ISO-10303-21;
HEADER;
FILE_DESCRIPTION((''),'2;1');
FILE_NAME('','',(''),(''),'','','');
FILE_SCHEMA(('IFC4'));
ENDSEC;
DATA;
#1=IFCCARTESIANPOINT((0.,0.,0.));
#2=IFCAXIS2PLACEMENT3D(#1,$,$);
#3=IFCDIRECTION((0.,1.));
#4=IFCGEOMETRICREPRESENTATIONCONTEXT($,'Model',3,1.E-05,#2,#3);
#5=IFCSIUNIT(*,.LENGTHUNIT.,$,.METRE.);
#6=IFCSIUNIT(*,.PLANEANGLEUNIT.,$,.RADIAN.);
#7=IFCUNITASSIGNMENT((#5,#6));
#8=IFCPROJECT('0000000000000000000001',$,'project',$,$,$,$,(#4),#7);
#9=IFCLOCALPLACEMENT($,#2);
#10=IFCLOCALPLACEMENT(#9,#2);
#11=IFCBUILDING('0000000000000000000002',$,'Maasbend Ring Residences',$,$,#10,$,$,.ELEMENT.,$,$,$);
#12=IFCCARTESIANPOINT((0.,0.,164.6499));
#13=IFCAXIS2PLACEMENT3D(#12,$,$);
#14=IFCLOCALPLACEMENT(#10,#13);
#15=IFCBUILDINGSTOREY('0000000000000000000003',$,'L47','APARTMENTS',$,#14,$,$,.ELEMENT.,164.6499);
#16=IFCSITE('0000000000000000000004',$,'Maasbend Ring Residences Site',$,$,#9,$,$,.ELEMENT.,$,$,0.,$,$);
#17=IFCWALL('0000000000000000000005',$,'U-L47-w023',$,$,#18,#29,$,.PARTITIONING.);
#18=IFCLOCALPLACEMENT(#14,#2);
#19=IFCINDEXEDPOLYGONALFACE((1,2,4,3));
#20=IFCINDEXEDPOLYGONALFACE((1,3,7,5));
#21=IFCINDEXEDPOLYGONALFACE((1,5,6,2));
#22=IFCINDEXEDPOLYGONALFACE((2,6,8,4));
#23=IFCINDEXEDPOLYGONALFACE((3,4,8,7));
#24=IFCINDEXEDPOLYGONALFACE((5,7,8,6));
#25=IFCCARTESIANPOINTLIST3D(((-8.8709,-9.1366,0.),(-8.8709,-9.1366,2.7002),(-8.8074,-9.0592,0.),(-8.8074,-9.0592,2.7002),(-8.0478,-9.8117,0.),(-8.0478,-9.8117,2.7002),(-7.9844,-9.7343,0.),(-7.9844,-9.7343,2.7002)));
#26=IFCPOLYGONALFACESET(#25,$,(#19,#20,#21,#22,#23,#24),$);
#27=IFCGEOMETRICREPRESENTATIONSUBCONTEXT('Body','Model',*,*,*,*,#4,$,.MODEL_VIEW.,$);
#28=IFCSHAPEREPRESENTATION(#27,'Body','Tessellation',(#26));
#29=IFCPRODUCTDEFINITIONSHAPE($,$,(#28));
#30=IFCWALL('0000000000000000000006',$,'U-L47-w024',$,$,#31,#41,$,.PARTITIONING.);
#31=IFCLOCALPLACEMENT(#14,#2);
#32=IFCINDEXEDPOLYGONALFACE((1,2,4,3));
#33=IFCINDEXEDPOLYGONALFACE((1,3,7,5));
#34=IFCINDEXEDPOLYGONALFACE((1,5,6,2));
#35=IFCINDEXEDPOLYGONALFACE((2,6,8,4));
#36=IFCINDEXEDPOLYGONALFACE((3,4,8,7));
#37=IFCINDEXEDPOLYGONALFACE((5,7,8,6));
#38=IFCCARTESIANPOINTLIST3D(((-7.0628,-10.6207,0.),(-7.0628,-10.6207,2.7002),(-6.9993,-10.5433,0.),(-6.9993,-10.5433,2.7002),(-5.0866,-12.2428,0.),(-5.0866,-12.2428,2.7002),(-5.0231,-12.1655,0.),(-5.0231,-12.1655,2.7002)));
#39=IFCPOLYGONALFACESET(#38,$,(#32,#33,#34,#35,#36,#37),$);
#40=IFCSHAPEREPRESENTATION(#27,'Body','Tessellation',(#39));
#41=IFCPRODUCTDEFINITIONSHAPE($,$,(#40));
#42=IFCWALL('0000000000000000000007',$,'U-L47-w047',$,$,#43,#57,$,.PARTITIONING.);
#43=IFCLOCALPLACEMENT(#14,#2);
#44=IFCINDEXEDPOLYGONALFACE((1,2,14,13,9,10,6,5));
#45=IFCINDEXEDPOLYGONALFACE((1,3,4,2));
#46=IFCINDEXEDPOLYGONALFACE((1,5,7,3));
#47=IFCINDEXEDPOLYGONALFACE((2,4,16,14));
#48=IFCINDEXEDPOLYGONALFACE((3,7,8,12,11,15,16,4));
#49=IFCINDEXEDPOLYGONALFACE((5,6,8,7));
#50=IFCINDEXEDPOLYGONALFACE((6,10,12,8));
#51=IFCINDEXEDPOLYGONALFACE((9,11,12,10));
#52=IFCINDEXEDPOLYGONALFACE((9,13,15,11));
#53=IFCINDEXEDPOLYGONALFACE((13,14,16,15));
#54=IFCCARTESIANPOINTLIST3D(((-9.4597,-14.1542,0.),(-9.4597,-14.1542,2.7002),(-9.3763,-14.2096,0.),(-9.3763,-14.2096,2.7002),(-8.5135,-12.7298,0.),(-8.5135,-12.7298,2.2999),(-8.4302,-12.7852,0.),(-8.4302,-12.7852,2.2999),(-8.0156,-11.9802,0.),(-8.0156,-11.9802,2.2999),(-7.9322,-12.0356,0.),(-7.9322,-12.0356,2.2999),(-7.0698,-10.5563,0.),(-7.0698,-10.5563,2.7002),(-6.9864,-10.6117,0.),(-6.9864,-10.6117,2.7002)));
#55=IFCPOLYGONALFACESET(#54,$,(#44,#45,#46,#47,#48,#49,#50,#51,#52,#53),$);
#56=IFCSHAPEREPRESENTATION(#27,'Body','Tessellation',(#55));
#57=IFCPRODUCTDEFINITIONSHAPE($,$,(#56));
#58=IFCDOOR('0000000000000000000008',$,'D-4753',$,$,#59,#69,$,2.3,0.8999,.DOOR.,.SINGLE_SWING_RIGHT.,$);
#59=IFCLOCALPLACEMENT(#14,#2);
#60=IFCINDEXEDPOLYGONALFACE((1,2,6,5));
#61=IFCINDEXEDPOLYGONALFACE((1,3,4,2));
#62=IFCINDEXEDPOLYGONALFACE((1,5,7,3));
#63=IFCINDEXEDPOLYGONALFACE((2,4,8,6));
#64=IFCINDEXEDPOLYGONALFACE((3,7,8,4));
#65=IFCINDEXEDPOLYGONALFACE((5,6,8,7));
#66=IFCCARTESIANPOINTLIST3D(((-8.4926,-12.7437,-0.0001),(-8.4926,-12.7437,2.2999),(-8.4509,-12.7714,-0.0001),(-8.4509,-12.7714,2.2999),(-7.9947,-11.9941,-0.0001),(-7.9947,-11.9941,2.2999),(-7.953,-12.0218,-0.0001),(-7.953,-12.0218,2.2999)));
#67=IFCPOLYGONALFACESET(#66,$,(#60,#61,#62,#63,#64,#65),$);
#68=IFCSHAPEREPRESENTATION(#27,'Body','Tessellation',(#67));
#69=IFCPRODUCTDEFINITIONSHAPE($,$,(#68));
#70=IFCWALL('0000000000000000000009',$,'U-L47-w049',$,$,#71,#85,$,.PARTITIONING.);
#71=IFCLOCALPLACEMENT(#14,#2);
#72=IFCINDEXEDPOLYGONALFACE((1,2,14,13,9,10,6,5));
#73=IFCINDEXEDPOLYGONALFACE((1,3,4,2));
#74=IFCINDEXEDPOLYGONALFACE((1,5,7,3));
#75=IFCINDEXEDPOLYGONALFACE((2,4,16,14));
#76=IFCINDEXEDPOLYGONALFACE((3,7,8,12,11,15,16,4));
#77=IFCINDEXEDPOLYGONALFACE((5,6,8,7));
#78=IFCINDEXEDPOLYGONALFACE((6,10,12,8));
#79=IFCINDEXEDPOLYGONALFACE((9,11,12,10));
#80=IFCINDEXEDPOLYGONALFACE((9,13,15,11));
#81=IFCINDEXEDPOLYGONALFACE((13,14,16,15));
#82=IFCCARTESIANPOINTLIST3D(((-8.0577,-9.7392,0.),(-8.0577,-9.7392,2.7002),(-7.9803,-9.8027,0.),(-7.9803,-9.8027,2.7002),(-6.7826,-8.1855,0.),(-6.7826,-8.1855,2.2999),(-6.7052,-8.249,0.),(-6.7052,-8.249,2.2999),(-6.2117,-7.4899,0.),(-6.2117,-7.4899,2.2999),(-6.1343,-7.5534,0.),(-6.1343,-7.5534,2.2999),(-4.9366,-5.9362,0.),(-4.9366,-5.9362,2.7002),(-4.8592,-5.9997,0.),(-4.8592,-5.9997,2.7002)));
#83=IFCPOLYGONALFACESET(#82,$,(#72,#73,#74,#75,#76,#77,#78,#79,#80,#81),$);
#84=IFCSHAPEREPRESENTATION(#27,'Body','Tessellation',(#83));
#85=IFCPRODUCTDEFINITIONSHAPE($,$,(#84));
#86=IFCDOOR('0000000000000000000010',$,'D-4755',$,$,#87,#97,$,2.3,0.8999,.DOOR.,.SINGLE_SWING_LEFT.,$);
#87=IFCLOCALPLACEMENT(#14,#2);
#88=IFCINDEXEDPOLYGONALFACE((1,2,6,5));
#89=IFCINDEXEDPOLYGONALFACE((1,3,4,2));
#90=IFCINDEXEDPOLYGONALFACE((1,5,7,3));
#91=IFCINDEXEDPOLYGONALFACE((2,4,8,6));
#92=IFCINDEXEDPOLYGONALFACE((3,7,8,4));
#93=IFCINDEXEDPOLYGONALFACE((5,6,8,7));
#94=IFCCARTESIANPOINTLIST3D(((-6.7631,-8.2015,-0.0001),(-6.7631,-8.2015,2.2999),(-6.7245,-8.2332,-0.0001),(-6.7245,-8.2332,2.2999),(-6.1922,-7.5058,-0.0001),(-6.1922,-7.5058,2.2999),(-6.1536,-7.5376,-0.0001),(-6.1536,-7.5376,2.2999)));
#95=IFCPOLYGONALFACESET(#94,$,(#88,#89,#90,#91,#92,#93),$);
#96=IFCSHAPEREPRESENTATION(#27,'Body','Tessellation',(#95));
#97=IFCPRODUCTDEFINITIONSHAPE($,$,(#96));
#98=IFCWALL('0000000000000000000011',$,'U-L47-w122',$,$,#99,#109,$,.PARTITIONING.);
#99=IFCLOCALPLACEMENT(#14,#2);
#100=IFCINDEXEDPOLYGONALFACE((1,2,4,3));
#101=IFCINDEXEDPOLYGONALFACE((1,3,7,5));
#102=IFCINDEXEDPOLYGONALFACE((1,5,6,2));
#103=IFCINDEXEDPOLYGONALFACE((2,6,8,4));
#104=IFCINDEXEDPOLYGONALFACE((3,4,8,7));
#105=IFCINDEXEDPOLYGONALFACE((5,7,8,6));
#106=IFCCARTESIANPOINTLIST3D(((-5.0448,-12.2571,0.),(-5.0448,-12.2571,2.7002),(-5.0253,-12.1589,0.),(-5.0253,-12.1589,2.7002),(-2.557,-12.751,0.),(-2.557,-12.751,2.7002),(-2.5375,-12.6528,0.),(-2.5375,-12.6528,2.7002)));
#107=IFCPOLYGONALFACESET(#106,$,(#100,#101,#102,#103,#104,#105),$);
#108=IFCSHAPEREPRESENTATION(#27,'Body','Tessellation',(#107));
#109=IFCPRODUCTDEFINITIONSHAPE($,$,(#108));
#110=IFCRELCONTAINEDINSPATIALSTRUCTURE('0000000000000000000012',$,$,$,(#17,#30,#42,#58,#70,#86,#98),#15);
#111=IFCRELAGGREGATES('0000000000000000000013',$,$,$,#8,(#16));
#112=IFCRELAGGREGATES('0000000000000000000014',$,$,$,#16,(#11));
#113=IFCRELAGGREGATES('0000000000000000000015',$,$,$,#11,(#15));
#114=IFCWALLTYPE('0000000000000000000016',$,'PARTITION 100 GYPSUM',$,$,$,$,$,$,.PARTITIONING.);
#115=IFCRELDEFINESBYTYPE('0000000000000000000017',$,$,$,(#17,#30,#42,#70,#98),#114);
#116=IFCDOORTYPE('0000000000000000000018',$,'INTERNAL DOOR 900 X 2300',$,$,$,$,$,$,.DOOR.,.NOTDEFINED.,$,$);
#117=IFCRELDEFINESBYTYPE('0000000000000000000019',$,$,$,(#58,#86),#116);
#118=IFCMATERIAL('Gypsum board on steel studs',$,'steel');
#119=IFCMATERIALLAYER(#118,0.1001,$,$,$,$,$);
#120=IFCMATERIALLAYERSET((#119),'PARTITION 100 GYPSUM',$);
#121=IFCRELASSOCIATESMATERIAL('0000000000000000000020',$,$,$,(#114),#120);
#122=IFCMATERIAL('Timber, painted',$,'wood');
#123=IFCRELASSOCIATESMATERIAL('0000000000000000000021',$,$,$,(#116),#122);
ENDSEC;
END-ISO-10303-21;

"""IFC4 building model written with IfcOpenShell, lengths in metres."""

from ifc_helpers import new_model, si_unit, direction, frame, frame_2d, origin, place, context, subcontext, project, spatial, rectangle, extrude, material, layer, layer_set, type_object, element, fill, save


model = new_model("IFC4")

# Units and contexts
model_context = context("Model", 3, precision=1e-05, world=origin(), true_north=direction((0.0, 1.0)))
body_context = subcontext(model_context, "Body", "Model", "MODEL_VIEW")
ifc_project = project(units=[si_unit("LENGTHUNIT", "METRE"), si_unit("PLANEANGLEUNIT", "RADIAN")], contexts=[model_context])

# Site, building, storey
site_placement = place(None, origin())
site = spatial("IfcSite", under=ifc_project, at=site_placement, Name="Maasbend Ring Residences Site", CompositionType="ELEMENT", RefElevation=0.0)
building_placement = place(site_placement, origin())
building = spatial("IfcBuilding", under=site, at=building_placement, Name="Maasbend Ring Residences", CompositionType="ELEMENT")
storey_placement = place(building_placement, frame((0.0, 0.0, 164.6499)))
storey = spatial("IfcBuildingStorey", under=building, at=storey_placement, Name="L47", Description="APARTMENTS", CompositionType="ELEMENT", Elevation=164.6499)

# Shared definitions
ifc_material_1 = material(Name="Gypsum board on steel studs", Category="steel")
ifc_layer_1 = layer(ifc_material_1, 0.1001)
ifc_layer_set_1 = layer_set([ifc_layer_1], Name="PARTITION 100 GYPSUM")
wall_type = type_object("IfcWallType", Name="PARTITION 100 GYPSUM", PredefinedType="PARTITIONING", material=ifc_layer_set_1)
ifc_material_2 = material(Name="Timber, painted", Category="wood")
door_type = type_object("IfcDoorType", Name="INTERNAL DOOR 900 X 2300", OperationType="NOTDEFINED", PredefinedType="DOOR", material=ifc_material_2)

# Walls
wall_1_placement = place(storey_placement, frame((-8.8391, -9.0979, 0.0), z_axis=(0.0, 0.0, 1.0), x_axis=(0.77318, -0.634187, 0.0)))
element("IfcWall", 1, at=wall_1_placement, inside=storey, type_object=wall_type, Name="U-L47-w023", PredefinedType="PARTITIONING", context=body_context, shape_type="SweptSolid", body=[
    extrude(rectangle(XDim=1.0645, YDim=0.1001, at=frame_2d((0.5322, 0.0))), origin(), (0.0, 0.0, 1.0), 2.7002),
])
wall_2_placement = place(storey_placement, frame((-7.031, -10.582, 0.0), z_axis=(0.0, 0.0, 1.0), x_axis=(0.772944, -0.634475, 0.0)))
element("IfcWall", 2, at=wall_2_placement, inside=storey, type_object=wall_type, Name="U-L47-w024", PredefinedType="PARTITIONING", context=body_context, shape_type="SweptSolid", body=[
    extrude(rectangle(XDim=2.5566, YDim=0.1001, at=frame_2d((1.2783, 0.0))), origin(), (0.0, 0.0, 1.0), 2.7002),
])

# Walls, openings, doors
wall_3_placement = place(storey_placement, frame((-9.418, -14.1819, 0.0), z_axis=(0.0, 0.0, 1.0), x_axis=(0.553304, 0.83298, 0.0)))
wall_3 = element("IfcWall", 3, at=wall_3_placement, inside=storey, type_object=wall_type, Name="U-L47-w047", PredefinedType="PARTITIONING", context=body_context, shape_type="SweptSolid", body=[
    extrude(rectangle(XDim=4.3193, YDim=0.1001, at=frame_2d((2.1597, 0.0))), origin(), (0.0, 0.0, 1.0), 2.7002),
])
opening_1_placement = place(wall_3_placement, frame((1.71, 0.0, 0.0)))
opening_1 = element("IfcOpeningElement", 4, at=opening_1_placement, cuts=wall_3, PredefinedType="OPENING", context=body_context, shape_type="SweptSolid", body=[
    extrude(rectangle(XDim=0.8999, YDim=2.3, at=frame_2d((0.45, 1.1499))), frame((0.0, 0.0601, 0.0), z_axis=(0.0, -1.0, 0.0), x_axis=(1.0, 0.0, 0.0)), (0.0, 0.0, 1.0), 0.1201),
])
door_1_placement = place(opening_1_placement, origin())
door_1 = element("IfcDoor", 5, at=door_1_placement, inside=storey, type_object=door_type, Name="D-4753", OperationType="SINGLE_SWING_RIGHT", OverallHeight=2.3, OverallWidth=0.8999, PredefinedType="DOOR", context=body_context, shape_type="SweptSolid", body=[
    extrude(rectangle(XDim=0.8999, YDim=2.3, at=frame_2d((0.45, 1.1499))), frame((0.0, 0.0249, 0.0), z_axis=(0.0, -1.0, 0.0), x_axis=(1.0, 0.0, 0.0)), (0.0, 0.0, 1.0), 0.05),
])
fill(opening_1, door_1)
wall_4_placement = place(storey_placement, frame((-8.019, -9.771, 0.0), z_axis=(0.0, 0.0, 1.0), x_axis=(0.634402, 0.773003, 0.0)))
wall_4 = element("IfcWall", 6, at=wall_4_placement, inside=storey, type_object=wall_type, Name="U-L47-w049", PredefinedType="PARTITIONING", context=body_context, shape_type="SweptSolid", body=[
    extrude(rectangle(XDim=4.9197, YDim=0.1001, at=frame_2d((2.46, 0.0))), origin(), (0.0, 0.0, 1.0), 2.7002),
])
opening_2_placement = place(wall_4_placement, frame((2.01, 0.0, 0.0)))
opening_2 = element("IfcOpeningElement", 7, at=opening_2_placement, cuts=wall_4, PredefinedType="OPENING", context=body_context, shape_type="SweptSolid", body=[
    extrude(rectangle(XDim=0.8999, YDim=2.3, at=frame_2d((0.45, 1.1499))), frame((0.0, 0.0601, 0.0), z_axis=(0.0, -1.0, 0.0), x_axis=(1.0, 0.0, 0.0)), (0.0, 0.0, 1.0), 0.1201),
])
door_2_placement = place(opening_2_placement, origin())
door_2 = element("IfcDoor", 8, at=door_2_placement, inside=storey, type_object=door_type, Name="D-4755", OperationType="SINGLE_SWING_LEFT", OverallHeight=2.3, OverallWidth=0.8999, PredefinedType="DOOR", context=body_context, shape_type="SweptSolid", body=[
    extrude(rectangle(XDim=0.8999, YDim=2.3, at=frame_2d((0.45, 1.1499))), frame((0.0, 0.0249, 0.0), z_axis=(0.0, -1.0, 0.0), x_axis=(1.0, 0.0, 0.0)), (0.0, 0.0, 1.0), 0.05),
])
fill(opening_2, door_2)

# Wall
wall_5_placement = place(storey_placement, frame((-5.0349, -12.208, 0.0), z_axis=(0.0, 0.0, 1.0), x_axis=(0.980857, -0.194728, 0.0)))
element("IfcWall", 9, at=wall_5_placement, inside=storey, type_object=wall_type, Name="U-L47-w122", PredefinedType="PARTITIONING", context=body_context, shape_type="SweptSolid", body=[
    extrude(rectangle(XDim=2.5364, YDim=0.1001, at=frame_2d((1.2681, 0.0))), origin(), (0.0, 0.0, 1.0), 2.7002),
])

save(model, "model.ifc")
